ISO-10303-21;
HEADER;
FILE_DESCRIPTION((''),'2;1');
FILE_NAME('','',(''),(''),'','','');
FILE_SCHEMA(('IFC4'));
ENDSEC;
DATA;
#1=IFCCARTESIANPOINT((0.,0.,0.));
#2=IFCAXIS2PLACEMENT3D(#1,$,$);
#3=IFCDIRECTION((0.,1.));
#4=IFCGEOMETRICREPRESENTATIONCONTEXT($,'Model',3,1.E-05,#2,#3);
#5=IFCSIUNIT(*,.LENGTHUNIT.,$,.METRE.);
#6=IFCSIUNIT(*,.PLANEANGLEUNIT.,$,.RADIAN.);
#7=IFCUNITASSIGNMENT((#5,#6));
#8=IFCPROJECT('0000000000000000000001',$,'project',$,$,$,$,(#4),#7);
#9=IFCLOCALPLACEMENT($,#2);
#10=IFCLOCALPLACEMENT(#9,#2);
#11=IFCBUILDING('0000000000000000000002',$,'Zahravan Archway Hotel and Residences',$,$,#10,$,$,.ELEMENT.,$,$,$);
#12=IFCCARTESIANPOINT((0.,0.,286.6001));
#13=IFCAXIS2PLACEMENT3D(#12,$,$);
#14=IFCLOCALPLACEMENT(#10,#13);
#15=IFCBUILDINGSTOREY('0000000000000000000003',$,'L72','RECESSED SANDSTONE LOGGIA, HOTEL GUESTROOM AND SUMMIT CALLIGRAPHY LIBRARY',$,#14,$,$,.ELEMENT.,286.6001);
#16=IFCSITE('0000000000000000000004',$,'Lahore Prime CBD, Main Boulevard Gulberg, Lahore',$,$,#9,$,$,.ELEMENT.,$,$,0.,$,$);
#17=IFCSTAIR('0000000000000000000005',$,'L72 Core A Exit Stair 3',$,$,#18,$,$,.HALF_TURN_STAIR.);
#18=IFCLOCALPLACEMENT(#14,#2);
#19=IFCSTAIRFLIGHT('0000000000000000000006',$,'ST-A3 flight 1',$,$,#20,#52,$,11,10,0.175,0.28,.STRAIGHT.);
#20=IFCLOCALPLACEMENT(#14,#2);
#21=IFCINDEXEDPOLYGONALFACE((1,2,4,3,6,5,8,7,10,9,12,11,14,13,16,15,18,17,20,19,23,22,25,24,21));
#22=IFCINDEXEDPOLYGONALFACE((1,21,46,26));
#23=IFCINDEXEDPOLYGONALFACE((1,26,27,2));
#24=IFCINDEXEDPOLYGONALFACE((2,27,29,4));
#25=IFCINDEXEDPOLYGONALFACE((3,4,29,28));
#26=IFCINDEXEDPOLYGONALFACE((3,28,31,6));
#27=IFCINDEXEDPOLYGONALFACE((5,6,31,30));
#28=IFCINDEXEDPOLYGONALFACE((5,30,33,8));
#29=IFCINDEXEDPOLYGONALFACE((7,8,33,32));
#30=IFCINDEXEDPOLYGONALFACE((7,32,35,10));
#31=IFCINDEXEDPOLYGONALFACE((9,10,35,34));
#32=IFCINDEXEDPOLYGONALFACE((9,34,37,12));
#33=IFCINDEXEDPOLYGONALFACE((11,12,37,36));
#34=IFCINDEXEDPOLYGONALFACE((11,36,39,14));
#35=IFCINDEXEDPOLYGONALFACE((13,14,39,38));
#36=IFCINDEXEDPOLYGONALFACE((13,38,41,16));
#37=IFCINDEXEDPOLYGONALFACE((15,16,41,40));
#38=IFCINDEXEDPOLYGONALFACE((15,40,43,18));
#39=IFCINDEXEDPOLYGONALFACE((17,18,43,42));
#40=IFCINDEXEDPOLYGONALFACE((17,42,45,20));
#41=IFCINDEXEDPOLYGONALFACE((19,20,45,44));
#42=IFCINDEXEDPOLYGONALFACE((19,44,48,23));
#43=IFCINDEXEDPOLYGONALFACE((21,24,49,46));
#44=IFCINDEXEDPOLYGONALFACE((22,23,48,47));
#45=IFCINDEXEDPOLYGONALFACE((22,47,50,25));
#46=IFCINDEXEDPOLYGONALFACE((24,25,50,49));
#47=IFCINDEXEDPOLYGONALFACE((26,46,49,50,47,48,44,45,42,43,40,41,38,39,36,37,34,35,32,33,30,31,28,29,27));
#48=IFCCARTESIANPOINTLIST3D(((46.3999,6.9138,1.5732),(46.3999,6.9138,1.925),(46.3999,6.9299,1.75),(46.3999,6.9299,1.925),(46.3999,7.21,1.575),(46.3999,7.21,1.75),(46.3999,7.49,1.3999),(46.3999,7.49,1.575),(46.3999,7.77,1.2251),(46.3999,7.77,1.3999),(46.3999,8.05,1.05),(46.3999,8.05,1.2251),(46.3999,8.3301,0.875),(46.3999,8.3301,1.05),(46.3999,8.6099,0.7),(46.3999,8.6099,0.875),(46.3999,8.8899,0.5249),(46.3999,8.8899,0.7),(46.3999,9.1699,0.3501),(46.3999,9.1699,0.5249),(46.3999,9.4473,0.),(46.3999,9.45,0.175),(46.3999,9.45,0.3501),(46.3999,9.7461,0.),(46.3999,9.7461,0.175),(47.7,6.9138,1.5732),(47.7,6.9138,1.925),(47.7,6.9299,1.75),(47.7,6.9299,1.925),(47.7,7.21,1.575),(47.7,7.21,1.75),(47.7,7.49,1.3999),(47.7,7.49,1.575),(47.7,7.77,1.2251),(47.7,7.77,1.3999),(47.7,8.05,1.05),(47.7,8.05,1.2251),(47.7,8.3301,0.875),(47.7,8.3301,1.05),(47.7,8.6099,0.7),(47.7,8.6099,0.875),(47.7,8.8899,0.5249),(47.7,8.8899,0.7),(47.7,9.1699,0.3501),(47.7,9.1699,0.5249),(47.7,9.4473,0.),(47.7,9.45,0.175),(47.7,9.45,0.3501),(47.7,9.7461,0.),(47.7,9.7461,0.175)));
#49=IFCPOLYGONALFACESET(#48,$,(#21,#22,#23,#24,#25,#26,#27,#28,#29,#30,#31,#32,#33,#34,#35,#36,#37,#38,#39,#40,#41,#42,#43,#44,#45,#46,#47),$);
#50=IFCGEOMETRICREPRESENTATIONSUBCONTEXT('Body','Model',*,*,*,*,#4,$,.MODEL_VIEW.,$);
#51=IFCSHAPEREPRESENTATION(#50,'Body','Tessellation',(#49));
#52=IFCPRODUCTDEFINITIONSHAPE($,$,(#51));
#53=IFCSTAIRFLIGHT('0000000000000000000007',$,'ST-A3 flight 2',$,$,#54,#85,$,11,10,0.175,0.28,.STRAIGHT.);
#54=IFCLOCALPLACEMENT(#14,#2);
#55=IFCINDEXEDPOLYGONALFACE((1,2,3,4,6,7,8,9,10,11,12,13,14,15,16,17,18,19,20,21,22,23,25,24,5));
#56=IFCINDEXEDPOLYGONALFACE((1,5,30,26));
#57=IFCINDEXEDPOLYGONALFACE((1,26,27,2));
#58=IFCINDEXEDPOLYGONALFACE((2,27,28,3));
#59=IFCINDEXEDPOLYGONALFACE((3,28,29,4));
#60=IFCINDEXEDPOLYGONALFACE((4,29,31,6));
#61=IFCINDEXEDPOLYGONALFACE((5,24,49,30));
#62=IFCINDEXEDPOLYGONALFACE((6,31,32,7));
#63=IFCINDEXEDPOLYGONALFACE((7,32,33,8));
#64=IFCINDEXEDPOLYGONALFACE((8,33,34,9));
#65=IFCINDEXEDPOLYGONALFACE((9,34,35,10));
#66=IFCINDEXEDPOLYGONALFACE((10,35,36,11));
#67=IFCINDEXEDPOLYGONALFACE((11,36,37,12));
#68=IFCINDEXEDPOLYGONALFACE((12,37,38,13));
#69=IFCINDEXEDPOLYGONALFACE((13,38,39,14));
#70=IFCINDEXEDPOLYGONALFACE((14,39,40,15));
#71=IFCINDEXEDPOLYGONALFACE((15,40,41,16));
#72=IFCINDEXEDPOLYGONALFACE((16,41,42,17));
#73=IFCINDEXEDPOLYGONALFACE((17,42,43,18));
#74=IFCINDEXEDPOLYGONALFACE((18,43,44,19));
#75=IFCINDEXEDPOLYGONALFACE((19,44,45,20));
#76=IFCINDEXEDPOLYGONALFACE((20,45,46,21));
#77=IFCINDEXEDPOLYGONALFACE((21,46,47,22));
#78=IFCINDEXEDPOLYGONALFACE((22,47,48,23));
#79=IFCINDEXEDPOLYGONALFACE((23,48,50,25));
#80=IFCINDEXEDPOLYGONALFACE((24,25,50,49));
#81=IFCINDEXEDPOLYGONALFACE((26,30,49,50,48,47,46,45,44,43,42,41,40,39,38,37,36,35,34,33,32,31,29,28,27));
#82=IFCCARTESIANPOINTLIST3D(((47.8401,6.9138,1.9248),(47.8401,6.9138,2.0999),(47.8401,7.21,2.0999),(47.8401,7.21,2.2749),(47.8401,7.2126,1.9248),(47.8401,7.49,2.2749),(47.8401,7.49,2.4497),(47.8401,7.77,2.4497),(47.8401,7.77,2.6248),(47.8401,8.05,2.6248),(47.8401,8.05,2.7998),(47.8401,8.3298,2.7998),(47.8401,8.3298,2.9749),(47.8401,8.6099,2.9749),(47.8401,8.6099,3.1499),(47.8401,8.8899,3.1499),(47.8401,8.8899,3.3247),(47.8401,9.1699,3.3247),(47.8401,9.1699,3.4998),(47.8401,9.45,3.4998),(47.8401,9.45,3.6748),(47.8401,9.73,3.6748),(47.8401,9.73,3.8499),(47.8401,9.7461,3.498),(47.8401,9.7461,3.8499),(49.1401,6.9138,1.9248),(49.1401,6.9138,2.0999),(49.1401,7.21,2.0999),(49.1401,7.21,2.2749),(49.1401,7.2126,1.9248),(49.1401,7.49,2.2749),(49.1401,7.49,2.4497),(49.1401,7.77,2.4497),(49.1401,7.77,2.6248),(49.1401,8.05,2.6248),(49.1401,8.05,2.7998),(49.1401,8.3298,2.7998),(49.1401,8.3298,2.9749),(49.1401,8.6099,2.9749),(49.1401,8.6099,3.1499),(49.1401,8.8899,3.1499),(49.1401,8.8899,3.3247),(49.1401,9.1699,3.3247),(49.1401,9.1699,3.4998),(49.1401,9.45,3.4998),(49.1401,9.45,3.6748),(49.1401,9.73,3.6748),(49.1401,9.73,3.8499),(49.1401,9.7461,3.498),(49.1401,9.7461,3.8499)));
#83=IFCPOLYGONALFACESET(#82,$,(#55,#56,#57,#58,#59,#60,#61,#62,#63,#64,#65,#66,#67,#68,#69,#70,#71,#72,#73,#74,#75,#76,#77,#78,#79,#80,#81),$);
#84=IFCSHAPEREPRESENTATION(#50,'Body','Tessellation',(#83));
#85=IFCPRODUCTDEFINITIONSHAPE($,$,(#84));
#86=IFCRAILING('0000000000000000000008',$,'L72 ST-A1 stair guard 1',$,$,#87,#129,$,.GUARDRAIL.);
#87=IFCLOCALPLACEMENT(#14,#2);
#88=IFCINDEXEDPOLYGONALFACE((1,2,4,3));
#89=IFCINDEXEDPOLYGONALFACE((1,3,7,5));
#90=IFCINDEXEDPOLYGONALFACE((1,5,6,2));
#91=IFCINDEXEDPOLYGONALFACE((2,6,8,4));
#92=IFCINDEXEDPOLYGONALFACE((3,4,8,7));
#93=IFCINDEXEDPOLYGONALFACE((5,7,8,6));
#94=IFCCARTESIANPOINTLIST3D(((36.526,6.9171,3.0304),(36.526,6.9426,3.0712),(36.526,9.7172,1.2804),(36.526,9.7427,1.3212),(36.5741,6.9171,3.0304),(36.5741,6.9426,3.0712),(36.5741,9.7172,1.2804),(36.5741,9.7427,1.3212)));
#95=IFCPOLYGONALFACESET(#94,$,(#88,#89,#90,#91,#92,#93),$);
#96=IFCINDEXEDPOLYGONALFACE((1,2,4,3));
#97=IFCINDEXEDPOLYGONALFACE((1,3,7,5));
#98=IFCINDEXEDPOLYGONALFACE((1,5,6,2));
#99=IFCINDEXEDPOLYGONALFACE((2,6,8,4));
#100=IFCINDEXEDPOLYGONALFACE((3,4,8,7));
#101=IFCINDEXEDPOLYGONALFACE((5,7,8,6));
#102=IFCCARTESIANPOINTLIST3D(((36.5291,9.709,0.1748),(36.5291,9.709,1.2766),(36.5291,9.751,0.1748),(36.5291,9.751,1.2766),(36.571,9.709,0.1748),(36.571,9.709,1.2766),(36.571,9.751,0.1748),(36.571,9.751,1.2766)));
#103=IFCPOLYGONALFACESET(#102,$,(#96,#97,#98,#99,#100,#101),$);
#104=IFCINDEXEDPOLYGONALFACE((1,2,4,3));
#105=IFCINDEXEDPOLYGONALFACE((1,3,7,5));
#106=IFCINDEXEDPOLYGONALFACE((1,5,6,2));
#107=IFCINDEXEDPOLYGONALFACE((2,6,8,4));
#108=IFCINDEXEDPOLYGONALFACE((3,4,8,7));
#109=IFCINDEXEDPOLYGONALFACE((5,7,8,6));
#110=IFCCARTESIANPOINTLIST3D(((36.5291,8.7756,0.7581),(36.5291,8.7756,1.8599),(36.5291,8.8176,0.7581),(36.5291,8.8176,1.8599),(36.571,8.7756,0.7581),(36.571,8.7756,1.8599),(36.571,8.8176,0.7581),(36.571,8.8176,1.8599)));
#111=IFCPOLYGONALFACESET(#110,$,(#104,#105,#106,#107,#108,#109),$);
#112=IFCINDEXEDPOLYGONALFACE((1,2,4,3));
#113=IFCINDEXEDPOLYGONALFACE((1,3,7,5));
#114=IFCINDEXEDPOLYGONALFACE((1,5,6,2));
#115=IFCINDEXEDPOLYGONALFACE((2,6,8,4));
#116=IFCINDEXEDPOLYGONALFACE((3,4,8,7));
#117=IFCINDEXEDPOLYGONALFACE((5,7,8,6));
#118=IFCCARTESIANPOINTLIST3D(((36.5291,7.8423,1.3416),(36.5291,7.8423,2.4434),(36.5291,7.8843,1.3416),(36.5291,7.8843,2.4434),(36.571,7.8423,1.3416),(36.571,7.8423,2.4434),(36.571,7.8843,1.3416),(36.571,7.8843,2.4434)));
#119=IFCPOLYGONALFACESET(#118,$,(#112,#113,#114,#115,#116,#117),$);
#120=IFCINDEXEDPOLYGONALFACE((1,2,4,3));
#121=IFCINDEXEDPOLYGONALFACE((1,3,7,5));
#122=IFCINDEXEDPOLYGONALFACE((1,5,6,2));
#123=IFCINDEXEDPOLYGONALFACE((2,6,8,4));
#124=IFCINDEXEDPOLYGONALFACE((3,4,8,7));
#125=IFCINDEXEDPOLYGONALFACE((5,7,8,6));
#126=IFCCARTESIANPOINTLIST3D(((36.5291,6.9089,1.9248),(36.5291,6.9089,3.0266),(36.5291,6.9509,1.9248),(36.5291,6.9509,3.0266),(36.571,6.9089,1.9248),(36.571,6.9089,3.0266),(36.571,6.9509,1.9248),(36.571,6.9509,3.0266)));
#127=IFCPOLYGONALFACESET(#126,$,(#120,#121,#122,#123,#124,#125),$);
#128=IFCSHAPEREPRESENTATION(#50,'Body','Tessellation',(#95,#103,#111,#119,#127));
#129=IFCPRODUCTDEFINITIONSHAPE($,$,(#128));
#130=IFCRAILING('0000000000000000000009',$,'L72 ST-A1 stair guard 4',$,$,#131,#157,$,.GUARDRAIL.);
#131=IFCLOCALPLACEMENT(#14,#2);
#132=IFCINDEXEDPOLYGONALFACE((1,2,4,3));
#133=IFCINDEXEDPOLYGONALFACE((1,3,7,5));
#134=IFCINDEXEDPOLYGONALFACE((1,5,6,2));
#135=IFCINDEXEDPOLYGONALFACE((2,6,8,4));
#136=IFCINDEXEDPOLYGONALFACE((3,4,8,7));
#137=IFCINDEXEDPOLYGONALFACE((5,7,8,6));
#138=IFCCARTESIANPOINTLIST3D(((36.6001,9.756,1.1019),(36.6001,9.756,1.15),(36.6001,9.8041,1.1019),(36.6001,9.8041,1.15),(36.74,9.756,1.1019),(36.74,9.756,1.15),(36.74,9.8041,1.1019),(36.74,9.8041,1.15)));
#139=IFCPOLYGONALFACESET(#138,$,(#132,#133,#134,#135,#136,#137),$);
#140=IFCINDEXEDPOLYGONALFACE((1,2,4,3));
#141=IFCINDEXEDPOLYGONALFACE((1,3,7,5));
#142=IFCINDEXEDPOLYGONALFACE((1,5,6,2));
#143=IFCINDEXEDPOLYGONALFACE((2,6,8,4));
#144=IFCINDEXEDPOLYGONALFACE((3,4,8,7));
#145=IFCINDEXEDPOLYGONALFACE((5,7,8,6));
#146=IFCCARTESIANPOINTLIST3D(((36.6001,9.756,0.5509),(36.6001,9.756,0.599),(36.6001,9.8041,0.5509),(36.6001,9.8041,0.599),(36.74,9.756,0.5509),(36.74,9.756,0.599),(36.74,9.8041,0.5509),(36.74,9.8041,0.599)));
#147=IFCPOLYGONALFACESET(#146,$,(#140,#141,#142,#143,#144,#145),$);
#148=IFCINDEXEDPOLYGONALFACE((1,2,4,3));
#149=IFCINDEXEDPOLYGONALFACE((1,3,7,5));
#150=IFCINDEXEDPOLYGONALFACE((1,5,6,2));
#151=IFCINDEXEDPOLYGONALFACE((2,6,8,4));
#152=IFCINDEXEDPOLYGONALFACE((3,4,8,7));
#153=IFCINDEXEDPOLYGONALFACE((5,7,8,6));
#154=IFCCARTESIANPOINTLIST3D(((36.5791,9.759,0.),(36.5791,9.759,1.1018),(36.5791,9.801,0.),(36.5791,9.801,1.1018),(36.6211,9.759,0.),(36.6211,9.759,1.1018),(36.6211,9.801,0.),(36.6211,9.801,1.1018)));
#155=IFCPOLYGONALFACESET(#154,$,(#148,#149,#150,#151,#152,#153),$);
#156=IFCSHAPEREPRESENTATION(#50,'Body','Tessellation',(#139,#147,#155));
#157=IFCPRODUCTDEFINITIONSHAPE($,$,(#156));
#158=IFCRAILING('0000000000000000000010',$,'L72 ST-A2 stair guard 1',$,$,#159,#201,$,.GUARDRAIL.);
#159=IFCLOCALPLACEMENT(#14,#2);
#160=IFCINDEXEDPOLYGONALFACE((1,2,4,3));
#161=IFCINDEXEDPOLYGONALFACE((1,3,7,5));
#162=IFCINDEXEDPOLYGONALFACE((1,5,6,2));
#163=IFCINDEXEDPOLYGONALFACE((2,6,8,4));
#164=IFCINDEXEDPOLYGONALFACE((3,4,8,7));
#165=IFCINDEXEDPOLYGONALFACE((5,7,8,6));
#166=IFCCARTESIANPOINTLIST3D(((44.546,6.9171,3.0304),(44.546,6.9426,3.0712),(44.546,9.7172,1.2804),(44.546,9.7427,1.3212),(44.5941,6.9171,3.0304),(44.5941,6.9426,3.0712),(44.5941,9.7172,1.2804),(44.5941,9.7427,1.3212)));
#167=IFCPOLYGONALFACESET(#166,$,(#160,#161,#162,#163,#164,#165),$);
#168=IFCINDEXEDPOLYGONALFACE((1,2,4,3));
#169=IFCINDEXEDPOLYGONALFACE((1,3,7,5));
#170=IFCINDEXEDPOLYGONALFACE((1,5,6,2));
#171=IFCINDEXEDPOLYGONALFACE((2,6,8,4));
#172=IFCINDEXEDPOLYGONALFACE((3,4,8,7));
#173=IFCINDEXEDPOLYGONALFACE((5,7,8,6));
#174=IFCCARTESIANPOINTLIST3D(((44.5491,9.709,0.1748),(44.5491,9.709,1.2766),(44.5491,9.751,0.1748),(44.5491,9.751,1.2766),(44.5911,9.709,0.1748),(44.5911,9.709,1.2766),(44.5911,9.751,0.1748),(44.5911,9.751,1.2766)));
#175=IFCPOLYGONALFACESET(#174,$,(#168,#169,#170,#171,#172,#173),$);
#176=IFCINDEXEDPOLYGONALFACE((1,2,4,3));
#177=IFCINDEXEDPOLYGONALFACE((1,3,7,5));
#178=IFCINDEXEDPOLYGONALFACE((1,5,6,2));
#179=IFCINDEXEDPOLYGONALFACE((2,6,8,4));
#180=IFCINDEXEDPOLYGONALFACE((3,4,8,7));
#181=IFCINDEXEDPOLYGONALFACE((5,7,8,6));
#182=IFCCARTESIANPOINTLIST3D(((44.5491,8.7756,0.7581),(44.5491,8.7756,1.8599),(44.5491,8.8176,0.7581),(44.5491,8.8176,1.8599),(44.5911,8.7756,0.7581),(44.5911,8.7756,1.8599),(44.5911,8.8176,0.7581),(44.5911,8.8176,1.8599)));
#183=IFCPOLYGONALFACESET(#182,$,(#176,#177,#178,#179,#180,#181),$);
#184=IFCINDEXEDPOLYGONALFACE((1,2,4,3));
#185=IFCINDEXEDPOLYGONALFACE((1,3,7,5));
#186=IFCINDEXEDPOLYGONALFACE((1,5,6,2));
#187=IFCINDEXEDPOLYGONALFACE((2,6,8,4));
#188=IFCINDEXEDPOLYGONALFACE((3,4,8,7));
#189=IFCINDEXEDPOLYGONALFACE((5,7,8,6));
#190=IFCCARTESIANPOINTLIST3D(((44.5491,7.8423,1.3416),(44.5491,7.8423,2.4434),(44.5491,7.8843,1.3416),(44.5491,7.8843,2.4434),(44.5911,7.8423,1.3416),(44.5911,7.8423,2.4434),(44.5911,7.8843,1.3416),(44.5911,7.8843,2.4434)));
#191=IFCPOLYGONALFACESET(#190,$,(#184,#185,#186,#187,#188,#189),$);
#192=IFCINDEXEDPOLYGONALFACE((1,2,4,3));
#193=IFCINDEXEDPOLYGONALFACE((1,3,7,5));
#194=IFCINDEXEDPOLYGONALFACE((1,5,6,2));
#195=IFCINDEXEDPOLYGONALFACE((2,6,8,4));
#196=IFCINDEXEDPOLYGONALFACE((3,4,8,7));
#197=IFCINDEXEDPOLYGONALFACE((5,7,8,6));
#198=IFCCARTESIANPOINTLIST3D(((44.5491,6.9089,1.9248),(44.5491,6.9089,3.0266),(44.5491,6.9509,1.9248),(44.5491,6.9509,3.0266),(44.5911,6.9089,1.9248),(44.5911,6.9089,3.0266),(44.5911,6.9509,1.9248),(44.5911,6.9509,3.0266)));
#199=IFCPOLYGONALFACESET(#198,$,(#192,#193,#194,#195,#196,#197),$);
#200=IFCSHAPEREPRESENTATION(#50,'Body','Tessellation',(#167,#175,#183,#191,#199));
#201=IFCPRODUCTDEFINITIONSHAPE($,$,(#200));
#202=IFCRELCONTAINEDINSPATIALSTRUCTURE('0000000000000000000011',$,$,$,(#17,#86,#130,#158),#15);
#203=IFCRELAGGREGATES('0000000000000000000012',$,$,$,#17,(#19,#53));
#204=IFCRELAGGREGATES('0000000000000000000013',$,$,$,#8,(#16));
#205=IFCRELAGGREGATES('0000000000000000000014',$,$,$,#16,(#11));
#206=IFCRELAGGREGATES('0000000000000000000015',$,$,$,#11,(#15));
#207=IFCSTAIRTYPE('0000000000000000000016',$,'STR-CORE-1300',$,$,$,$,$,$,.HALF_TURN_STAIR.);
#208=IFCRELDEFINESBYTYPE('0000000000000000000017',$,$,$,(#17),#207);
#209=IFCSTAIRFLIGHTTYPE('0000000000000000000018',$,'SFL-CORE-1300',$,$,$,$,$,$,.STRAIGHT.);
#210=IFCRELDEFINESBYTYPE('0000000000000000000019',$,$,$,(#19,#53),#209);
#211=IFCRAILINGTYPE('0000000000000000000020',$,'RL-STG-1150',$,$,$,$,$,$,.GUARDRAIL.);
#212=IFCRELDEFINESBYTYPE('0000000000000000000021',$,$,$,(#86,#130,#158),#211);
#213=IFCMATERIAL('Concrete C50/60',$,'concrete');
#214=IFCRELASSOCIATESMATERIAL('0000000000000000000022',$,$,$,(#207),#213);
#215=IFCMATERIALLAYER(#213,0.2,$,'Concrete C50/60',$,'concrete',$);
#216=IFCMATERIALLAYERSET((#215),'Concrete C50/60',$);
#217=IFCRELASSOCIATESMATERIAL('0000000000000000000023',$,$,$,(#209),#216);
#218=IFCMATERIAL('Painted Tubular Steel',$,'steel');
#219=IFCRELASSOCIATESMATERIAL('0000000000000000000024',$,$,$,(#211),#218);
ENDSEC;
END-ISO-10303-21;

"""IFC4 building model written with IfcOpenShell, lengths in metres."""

from ifc_helpers import new_model, si_unit, direction, frame, origin, origin_2d, place, context, subcontext, project, spatial, polyline, rectangle, outline, extrude, source, transform, mapped, material, layer, layer_set, type_object, element, aggregate, save


model = new_model("IFC4")

# Units and contexts
model_context = context("Model", 3, precision=1e-05, world=origin(), true_north=direction((0.0, 1.0)))
body_context = subcontext(model_context, "Body", "Model", "MODEL_VIEW")
ifc_project = project(units=[si_unit("LENGTHUNIT", "METRE"), si_unit("PLANEANGLEUNIT", "RADIAN")], contexts=[model_context])

# Site, building, storey
site_placement = place(None, origin())
site = spatial("IfcSite", under=ifc_project, at=site_placement, Name="Lahore Prime CBD, Main Boulevard Gulberg, Lahore", CompositionType="ELEMENT", RefElevation=0.0)
building_placement = place(site_placement, origin())
building = spatial("IfcBuilding", under=site, at=building_placement, Name="Zahravan Archway Hotel and Residences", CompositionType="ELEMENT")
storey_placement = place(building_placement, frame((0.0, 0.0, 286.6001)))
storey = spatial("IfcBuildingStorey", under=building, at=storey_placement, Name="L72", Description="RECESSED SANDSTONE LOGGIA, HOTEL GUESTROOM AND SUMMIT CALLIGRAPHY LIBRARY", CompositionType="ELEMENT", Elevation=286.6001)

# Shared definitions
ifc_material_1 = material(Name="Concrete C50/60", Category="concrete")
stair_type = type_object("IfcStairType", Name="STR-CORE-1300", PredefinedType="HALF_TURN_STAIR", material=ifc_material_1)
ifc_layer_1 = layer(ifc_material_1, 0.2, Name="Concrete C50/60", Category="concrete")
ifc_layer_set_1 = layer_set([ifc_layer_1], Name="Concrete C50/60")
stair_flight_type = type_object("IfcStairFlightType", Name="SFL-CORE-1300", PredefinedType="STRAIGHT", material=ifc_layer_set_1)
shared_shape_1 = source(origin(), body_context, "Body", "SweptSolid", [
    extrude(outline(polyline([(-0.0161, 0.0), (-0.0161, 0.175), (0.28, 0.175), (0.28, 0.3501), (0.5601, 0.3501), (0.5601, 0.5249), (0.8401, 0.5249), (0.8401, 0.7), (1.1201, 0.7), (1.1201, 0.875), (1.3999, 0.875), (1.3999, 1.05), (1.6799, 1.05), (1.6799, 1.2251), (1.96, 1.2251), (1.96, 1.3999), (2.24, 1.3999), (2.24, 1.575), (2.52, 1.575), (2.52, 1.75), (2.8, 1.75), (2.8, 1.925), (2.8162, 1.925), (2.8162, 1.5732), (0.2827, 0.0), (-0.0161, 0.0)])), frame((0.0, 0.6499, 0.0), z_axis=(0.0, -1.0, 0.0), x_axis=(1.0, 0.0, 0.0)), (0.0, 0.0, 1.0), 1.3),
])

# Stair, stair flights
stair_1_placement = place(storey_placement, origin())
stair_1 = element("IfcStair", 1, at=stair_1_placement, inside=storey, type_object=stair_type, Name="L72 Core A Exit Stair 3", PredefinedType="HALF_TURN_STAIR")
stair_flight_1_placement = place(storey_placement, frame((47.05, 9.73, 0.0), z_axis=(0.0, 0.0, 1.0), x_axis=(0.0, -1.0, 0.0)))
stair_flight_1 = element("IfcStairFlight", 2, at=stair_flight_1_placement, type_object=stair_flight_type, Name="ST-A3 flight 1", NumberOfRisers=11, NumberOfTreads=10, PredefinedType="STRAIGHT", RiserHeight=0.175, TreadLength=0.28, context=body_context, shape_type="MappedRepresentation", body=[
    mapped(shared_shape_1, transform((0.0, 0.0, 0.0), scale=1.0)),
])
stair_flight_2_placement = place(storey_placement, frame((48.49, 6.9299, 1.9248), z_axis=(0.0, 0.0, 1.0), x_axis=(0.0, 1.0, 0.0)))
stair_flight_2 = element("IfcStairFlight", 3, at=stair_flight_2_placement, type_object=stair_flight_type, Name="ST-A3 flight 2", NumberOfRisers=11, NumberOfTreads=10, PredefinedType="STRAIGHT", RiserHeight=0.175, TreadLength=0.28, context=body_context, shape_type="MappedRepresentation", body=[
    mapped(shared_shape_1, transform((0.0, 0.0, 0.0), scale=1.0)),
])
aggregate(stair_1, [stair_flight_1, stair_flight_2])

# Railings
ifc_material_2 = material(Name="Painted Tubular Steel", Category="steel")
railing_type_1 = type_object("IfcRailingType", Name="RL-STG-1150", PredefinedType="GUARDRAIL", material=ifc_material_2)
railing_1_placement = place(storey_placement, frame((36.55, 9.73, 0.1748)))
element("IfcRailing", 4, at=railing_1_placement, inside=storey, type_object=railing_type_1, Name="L72 ST-A1 stair guard 1", PredefinedType="GUARDRAIL", context=body_context, shape_type="SweptSolid", body=[
    extrude(rectangle(XDim=0.0481, YDim=0.0481, at=origin_2d()), frame((0.0, 0.0, 1.126), z_axis=(0.0, -0.848002, 0.529992), x_axis=(1.0, 0.0, 0.0)), (0.0, 0.0, 1.0), 3.302),
    extrude(rectangle(XDim=0.042, YDim=0.042, at=origin_2d()), origin(), (0.0, 0.0, 1.0), 1.1018),
    extrude(rectangle(XDim=0.042, YDim=0.042, at=origin_2d()), frame((0.0, -0.9333, 0.5833)), (0.0, 0.0, 1.0), 1.1018),
    extrude(rectangle(XDim=0.042, YDim=0.042, at=origin_2d()), frame((0.0, -1.8667, 1.1667)), (0.0, 0.0, 1.0), 1.1018),
    extrude(rectangle(XDim=0.042, YDim=0.042, at=origin_2d()), frame((0.0, -2.8, 1.75)), (0.0, 0.0, 1.0), 1.1018),
])
railing_2_placement = place(storey_placement, frame((36.6001, 9.78, 0.0)))
element("IfcRailing", 5, at=railing_2_placement, inside=storey, type_object=railing_type_1, Name="L72 ST-A1 stair guard 4", PredefinedType="GUARDRAIL", context=body_context, shape_type="SweptSolid", body=[
    extrude(rectangle(XDim=0.0481, YDim=0.0481, at=origin_2d()), frame((0.0, 0.0, 1.126), z_axis=(1.0, 0.0, 0.0), x_axis=(0.0, 1.0, 0.0)), (0.0, 0.0, 1.0), 0.1399),
    extrude(rectangle(XDim=0.0481, YDim=0.0481, at=origin_2d()), frame((0.0, 0.0, 0.575), z_axis=(1.0, 0.0, 0.0), x_axis=(0.0, 1.0, 0.0)), (0.0, 0.0, 1.0), 0.1399),
    extrude(rectangle(XDim=0.042, YDim=0.042, at=origin_2d()), origin(), (0.0, 0.0, 1.0), 1.1018),
])
railing_3_placement = place(storey_placement, frame((44.5701, 9.73, 0.1748)))
element("IfcRailing", 6, at=railing_3_placement, inside=storey, type_object=railing_type_1, Name="L72 ST-A2 stair guard 1", PredefinedType="GUARDRAIL", context=body_context, shape_type="SweptSolid", body=[
    extrude(rectangle(XDim=0.0481, YDim=0.0481, at=origin_2d()), frame((0.0, 0.0, 1.126), z_axis=(0.0, -0.848002, 0.529992), x_axis=(1.0, 0.0, 0.0)), (0.0, 0.0, 1.0), 3.302),
    extrude(rectangle(XDim=0.042, YDim=0.042, at=origin_2d()), origin(), (0.0, 0.0, 1.0), 1.1018),
    extrude(rectangle(XDim=0.042, YDim=0.042, at=origin_2d()), frame((0.0, -0.9333, 0.5833)), (0.0, 0.0, 1.0), 1.1018),
    extrude(rectangle(XDim=0.042, YDim=0.042, at=origin_2d()), frame((0.0, -1.8667, 1.1667)), (0.0, 0.0, 1.0), 1.1018),
    extrude(rectangle(XDim=0.042, YDim=0.042, at=origin_2d()), frame((0.0, -2.8, 1.75)), (0.0, 0.0, 1.0), 1.1018),
])

save(model, "model.ifc")
